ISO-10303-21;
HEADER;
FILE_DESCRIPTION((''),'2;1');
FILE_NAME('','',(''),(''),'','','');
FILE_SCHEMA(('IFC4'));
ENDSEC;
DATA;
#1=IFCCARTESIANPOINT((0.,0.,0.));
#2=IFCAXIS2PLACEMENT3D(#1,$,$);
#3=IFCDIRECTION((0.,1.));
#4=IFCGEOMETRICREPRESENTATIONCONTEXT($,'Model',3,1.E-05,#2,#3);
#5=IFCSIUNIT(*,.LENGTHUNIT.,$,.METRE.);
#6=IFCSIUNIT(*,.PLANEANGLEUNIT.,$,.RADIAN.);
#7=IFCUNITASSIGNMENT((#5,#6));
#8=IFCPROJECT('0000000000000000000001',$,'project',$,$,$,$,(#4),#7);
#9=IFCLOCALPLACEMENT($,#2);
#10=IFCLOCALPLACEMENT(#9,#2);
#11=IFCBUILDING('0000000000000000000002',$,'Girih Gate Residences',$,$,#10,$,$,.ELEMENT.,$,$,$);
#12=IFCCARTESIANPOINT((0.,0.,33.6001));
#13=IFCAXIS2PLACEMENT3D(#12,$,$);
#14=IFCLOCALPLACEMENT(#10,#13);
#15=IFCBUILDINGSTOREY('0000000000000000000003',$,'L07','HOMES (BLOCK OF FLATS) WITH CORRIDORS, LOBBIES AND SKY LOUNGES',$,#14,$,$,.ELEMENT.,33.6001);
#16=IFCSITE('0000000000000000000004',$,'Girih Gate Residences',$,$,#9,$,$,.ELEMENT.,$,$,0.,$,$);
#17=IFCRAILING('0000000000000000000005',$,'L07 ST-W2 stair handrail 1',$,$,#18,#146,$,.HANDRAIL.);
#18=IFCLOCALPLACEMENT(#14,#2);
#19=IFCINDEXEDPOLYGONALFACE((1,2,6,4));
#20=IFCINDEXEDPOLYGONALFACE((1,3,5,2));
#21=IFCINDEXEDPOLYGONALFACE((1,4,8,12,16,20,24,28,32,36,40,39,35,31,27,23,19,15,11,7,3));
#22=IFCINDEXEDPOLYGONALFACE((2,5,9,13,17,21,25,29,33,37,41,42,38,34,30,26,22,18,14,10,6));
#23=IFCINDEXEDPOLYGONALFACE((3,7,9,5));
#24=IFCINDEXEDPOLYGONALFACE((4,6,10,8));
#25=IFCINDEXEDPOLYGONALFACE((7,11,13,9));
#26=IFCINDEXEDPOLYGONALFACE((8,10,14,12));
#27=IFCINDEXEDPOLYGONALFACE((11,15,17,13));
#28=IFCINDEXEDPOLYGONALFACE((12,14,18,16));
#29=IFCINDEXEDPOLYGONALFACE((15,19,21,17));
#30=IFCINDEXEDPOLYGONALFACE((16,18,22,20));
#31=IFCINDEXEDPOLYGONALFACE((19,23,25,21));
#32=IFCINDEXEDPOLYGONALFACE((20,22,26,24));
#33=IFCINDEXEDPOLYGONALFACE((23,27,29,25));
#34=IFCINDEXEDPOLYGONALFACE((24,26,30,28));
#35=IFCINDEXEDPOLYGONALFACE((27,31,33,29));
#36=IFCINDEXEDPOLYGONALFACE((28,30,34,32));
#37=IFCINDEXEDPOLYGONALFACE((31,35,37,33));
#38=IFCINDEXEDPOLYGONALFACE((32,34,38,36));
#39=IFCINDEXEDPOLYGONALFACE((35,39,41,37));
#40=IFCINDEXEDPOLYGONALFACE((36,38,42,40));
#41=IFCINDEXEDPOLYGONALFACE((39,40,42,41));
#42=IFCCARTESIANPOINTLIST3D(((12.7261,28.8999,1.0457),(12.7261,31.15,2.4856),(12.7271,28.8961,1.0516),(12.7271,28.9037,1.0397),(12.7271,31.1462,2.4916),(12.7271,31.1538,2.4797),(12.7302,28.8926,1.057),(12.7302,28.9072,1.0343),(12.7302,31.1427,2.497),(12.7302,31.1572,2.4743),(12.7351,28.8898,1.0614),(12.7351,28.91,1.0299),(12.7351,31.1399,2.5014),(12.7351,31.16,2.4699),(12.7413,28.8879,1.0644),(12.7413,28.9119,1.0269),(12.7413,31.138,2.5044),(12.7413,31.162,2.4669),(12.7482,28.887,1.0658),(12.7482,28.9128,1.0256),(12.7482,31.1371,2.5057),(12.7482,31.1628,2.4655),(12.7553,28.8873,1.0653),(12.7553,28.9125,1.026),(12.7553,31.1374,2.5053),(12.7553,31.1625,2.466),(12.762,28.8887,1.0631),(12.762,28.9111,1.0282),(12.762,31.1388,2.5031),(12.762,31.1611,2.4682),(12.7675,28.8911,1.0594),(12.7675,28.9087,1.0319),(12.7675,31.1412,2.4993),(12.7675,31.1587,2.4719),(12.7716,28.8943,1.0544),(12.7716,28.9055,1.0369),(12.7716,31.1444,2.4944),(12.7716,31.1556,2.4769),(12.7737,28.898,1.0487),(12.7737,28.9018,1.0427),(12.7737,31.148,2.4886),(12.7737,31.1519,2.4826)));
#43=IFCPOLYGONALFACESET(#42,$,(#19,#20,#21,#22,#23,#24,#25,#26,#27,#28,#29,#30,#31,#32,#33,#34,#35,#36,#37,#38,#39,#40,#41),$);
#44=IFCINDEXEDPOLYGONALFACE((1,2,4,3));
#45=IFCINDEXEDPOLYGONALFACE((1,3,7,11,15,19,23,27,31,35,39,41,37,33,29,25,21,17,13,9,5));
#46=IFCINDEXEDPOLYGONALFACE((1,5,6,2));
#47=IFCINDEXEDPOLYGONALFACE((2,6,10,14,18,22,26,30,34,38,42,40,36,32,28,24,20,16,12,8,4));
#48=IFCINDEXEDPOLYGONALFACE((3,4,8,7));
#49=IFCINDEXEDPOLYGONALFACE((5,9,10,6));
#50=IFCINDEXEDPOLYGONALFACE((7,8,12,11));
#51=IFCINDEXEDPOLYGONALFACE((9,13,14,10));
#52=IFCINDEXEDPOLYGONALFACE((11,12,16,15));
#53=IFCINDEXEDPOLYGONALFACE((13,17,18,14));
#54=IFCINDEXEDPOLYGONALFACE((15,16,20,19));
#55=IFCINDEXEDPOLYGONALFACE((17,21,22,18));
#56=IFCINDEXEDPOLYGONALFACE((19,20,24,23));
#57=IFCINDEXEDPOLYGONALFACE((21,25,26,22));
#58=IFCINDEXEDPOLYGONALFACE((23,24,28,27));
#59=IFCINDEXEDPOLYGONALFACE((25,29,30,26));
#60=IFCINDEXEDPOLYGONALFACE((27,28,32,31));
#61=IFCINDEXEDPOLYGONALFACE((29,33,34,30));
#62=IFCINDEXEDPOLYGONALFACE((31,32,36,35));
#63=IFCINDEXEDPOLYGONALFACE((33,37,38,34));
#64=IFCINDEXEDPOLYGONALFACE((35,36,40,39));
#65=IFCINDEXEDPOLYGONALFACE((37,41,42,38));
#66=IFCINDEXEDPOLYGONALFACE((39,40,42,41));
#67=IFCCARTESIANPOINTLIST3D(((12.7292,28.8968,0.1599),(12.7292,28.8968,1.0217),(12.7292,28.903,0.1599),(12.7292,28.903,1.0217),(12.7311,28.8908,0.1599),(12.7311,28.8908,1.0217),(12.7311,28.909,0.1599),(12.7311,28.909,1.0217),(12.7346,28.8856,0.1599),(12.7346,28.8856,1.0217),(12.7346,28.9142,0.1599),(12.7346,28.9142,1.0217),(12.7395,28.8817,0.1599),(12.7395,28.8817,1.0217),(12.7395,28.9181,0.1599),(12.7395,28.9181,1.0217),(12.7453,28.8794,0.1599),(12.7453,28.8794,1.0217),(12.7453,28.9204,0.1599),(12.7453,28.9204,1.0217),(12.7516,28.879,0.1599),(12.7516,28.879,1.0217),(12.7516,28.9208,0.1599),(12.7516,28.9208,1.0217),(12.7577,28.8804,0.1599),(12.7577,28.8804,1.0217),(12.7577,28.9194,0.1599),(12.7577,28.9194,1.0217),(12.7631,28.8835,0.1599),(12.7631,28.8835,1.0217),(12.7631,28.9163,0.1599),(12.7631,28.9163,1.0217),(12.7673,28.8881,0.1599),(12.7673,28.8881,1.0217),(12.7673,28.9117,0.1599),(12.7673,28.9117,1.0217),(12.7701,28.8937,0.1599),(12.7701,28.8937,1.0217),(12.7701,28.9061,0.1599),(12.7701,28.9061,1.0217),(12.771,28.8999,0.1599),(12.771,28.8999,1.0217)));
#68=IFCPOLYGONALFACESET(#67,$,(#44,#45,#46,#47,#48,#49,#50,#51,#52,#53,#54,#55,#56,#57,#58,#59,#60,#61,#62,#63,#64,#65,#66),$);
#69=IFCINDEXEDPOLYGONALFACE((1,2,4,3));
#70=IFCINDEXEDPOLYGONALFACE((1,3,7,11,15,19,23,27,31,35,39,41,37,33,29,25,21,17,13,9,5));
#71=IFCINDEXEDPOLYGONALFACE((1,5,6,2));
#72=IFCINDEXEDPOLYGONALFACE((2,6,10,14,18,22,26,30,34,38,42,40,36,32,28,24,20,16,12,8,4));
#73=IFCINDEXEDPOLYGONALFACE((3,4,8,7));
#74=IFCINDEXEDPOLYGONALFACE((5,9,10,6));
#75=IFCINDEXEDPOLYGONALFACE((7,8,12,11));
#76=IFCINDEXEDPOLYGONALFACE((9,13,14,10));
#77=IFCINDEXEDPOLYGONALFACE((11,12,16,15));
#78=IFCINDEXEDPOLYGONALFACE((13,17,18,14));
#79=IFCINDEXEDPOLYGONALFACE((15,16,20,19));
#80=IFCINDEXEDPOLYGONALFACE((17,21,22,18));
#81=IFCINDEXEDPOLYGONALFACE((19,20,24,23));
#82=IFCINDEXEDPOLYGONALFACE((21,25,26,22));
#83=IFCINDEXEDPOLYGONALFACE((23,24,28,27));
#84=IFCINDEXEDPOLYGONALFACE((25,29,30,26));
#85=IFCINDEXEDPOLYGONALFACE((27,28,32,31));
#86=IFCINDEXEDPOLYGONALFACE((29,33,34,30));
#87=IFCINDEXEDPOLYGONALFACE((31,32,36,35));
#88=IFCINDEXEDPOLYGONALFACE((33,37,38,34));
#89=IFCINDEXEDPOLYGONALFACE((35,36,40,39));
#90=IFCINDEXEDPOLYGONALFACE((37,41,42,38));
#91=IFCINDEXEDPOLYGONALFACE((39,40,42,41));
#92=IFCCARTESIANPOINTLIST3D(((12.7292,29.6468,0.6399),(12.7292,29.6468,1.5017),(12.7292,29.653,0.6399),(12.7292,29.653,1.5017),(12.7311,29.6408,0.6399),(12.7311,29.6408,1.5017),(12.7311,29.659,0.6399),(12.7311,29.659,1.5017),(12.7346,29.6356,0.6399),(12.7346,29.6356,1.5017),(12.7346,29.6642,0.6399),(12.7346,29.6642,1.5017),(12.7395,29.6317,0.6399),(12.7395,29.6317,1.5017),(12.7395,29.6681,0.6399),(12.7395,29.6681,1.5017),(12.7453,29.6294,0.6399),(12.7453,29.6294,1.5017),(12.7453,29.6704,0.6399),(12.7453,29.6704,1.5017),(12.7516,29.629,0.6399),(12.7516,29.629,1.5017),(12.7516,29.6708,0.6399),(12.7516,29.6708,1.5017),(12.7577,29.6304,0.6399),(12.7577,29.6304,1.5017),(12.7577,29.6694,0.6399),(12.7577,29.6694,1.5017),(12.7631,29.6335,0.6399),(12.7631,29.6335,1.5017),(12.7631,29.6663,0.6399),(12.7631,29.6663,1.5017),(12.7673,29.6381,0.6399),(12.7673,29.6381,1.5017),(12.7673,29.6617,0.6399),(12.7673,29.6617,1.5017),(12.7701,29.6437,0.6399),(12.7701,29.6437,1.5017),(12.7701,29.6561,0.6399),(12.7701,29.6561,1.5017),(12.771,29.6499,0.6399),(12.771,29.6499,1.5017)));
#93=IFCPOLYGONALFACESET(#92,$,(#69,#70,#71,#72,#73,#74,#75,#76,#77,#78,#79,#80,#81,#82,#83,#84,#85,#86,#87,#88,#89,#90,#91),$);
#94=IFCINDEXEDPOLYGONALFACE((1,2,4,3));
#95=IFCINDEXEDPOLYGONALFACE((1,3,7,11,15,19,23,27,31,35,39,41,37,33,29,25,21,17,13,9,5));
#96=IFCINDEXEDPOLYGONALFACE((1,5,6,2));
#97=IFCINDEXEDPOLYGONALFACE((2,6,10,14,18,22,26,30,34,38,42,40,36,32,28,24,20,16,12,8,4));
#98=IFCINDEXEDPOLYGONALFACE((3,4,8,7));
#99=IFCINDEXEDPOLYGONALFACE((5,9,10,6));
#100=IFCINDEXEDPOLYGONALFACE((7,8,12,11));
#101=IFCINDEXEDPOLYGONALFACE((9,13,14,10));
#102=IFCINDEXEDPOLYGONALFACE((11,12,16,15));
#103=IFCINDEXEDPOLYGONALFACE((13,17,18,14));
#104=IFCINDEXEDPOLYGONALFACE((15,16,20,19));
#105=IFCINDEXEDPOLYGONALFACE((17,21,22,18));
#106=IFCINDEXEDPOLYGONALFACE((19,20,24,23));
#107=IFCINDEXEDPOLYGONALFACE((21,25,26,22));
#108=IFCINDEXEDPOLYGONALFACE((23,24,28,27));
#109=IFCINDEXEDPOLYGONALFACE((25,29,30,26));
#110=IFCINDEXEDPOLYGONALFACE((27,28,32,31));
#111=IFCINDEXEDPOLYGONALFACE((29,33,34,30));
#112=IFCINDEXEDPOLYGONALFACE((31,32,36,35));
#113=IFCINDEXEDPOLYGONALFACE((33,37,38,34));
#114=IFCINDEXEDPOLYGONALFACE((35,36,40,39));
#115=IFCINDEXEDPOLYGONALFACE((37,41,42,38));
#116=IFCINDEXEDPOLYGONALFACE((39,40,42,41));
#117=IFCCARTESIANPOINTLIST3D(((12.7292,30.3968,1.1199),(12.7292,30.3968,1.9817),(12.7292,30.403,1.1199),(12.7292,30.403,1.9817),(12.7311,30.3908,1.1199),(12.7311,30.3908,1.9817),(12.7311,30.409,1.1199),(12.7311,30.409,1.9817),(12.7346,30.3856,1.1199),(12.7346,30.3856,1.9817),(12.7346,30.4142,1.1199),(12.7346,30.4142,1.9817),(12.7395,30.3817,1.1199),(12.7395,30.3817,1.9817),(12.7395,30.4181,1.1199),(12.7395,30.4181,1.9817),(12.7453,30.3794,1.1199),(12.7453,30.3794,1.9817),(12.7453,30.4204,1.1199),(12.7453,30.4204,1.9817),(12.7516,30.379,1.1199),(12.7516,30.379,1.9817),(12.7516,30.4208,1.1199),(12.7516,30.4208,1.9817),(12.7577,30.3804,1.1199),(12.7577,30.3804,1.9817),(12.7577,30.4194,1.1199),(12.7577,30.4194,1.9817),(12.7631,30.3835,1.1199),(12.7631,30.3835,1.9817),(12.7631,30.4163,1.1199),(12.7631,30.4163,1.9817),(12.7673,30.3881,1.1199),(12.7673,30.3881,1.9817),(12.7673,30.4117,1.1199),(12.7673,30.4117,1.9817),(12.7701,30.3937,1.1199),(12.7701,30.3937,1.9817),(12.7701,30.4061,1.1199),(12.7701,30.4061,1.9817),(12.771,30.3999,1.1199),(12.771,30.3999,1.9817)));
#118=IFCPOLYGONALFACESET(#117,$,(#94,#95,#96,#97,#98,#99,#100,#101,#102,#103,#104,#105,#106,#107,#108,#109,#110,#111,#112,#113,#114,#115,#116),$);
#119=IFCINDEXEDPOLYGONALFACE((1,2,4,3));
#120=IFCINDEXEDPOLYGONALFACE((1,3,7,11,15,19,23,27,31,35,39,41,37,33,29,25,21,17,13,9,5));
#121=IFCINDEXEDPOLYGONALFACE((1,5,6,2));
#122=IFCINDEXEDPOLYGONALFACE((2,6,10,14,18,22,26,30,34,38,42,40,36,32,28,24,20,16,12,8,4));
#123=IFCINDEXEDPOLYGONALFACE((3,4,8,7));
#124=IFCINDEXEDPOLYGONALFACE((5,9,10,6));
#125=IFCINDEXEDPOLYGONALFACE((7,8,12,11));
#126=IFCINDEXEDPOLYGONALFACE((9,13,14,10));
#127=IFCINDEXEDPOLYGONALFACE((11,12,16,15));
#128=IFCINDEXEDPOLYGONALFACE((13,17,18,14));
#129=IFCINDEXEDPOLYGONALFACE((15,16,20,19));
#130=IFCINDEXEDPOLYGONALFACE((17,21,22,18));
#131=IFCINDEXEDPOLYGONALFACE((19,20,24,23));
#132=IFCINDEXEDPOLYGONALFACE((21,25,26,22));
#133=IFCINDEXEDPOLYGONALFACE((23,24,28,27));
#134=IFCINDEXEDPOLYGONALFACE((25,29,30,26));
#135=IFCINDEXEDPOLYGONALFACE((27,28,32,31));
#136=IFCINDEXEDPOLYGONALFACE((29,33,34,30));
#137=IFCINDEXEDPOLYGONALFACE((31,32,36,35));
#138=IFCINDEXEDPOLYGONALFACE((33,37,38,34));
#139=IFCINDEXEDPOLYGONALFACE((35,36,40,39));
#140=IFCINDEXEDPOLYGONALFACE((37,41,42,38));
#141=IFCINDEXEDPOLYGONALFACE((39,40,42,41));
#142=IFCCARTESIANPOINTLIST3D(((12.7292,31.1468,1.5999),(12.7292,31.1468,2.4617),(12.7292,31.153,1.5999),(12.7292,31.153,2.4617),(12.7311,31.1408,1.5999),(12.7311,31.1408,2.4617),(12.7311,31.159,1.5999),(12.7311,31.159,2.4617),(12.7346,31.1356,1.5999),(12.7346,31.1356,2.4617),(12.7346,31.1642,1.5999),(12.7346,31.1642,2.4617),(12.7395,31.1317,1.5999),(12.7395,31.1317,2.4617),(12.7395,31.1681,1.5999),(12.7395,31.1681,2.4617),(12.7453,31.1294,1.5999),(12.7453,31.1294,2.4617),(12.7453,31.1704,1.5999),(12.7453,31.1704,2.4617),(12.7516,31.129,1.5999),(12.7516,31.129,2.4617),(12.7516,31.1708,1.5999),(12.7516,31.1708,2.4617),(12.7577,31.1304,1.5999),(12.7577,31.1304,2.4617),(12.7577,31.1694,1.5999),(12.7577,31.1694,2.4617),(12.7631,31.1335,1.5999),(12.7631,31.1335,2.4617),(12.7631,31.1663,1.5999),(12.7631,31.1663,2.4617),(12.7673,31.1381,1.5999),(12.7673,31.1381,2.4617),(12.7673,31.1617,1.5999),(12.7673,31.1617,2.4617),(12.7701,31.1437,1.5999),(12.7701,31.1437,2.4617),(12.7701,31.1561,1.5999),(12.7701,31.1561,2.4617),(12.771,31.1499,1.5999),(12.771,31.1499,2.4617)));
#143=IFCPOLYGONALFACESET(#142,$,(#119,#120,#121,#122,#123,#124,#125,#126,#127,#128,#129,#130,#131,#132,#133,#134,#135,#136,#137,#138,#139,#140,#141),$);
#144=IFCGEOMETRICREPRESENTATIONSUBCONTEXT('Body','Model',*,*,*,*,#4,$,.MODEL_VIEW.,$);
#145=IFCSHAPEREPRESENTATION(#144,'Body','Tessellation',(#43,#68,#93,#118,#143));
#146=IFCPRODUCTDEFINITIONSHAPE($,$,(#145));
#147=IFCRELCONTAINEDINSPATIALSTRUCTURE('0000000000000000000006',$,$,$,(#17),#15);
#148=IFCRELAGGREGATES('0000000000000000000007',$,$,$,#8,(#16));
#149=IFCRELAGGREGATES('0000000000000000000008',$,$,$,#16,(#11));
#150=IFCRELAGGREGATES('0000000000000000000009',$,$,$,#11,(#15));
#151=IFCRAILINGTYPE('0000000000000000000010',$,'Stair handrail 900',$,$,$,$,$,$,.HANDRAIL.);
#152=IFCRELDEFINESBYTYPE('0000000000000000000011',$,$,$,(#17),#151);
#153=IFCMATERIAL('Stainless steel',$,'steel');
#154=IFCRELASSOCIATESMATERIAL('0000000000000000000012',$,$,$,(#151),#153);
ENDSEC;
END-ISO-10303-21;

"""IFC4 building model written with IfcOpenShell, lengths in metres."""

from ifc_helpers import new_model, si_unit, direction, frame, origin, origin_2d, place, context, subcontext, project, spatial, circle, extrude, material, type_object, element, save


model = new_model("IFC4")

# Units and contexts
model_context = context("Model", 3, precision=1e-05, world=origin(), true_north=direction((0.0, 1.0)))
body_context = subcontext(model_context, "Body", "Model", "MODEL_VIEW")
ifc_project = project(units=[si_unit("LENGTHUNIT", "METRE"), si_unit("PLANEANGLEUNIT", "RADIAN")], contexts=[model_context])

# Site, building, storey
site_placement = place(None, origin())
site = spatial("IfcSite", under=ifc_project, at=site_placement, Name="Girih Gate Residences", CompositionType="ELEMENT", RefElevation=0.0)
building_placement = place(site_placement, origin())
building = spatial("IfcBuilding", under=site, at=building_placement, Name="Girih Gate Residences", CompositionType="ELEMENT")
storey_placement = place(building_placement, frame((0.0, 0.0, 33.6001)))
storey = spatial("IfcBuildingStorey", under=building, at=storey_placement, Name="L07", Description="HOMES (BLOCK OF FLATS) WITH CORRIDORS, LOBBIES AND SKY LOUNGES", CompositionType="ELEMENT", Elevation=33.6001)

# Railing
ifc_material_1 = material(Name="Stainless steel", Category="steel")
railing_type_1 = type_object("IfcRailingType", Name="Stair handrail 900", PredefinedType="HANDRAIL", material=ifc_material_1)
railing_1_placement = place(storey_placement, frame((12.75, 28.8999, 0.1599)))
element("IfcRailing", 1, at=railing_1_placement, inside=storey, type_object=railing_type_1, Name="L07 ST-W2 stair handrail 1", PredefinedType="HANDRAIL", context=body_context, shape_type="SweptSolid", body=[
    extrude(circle(Radius=0.0239, at=origin_2d()), frame((0.0, 0.0, 0.8857), z_axis=(0.0, 0.842281, 0.539038), x_axis=(-1.0, 0.0, 0.0)), (0.0, 0.0, 1.0), 2.6714),
    extrude(circle(Radius=0.021, at=origin_2d()), origin(), (0.0, 0.0, 1.0), 0.8618),
    extrude(circle(Radius=0.021, at=origin_2d()), frame((0.0, 0.75, 0.48)), (0.0, 0.0, 1.0), 0.8618),
    extrude(circle(Radius=0.021, at=origin_2d()), frame((0.0, 1.5, 0.96)), (0.0, 0.0, 1.0), 0.8618),
    extrude(circle(Radius=0.021, at=origin_2d()), frame((0.0, 2.25, 1.4399)), (0.0, 0.0, 1.0), 0.8618),
])

save(model, "model.ifc")
